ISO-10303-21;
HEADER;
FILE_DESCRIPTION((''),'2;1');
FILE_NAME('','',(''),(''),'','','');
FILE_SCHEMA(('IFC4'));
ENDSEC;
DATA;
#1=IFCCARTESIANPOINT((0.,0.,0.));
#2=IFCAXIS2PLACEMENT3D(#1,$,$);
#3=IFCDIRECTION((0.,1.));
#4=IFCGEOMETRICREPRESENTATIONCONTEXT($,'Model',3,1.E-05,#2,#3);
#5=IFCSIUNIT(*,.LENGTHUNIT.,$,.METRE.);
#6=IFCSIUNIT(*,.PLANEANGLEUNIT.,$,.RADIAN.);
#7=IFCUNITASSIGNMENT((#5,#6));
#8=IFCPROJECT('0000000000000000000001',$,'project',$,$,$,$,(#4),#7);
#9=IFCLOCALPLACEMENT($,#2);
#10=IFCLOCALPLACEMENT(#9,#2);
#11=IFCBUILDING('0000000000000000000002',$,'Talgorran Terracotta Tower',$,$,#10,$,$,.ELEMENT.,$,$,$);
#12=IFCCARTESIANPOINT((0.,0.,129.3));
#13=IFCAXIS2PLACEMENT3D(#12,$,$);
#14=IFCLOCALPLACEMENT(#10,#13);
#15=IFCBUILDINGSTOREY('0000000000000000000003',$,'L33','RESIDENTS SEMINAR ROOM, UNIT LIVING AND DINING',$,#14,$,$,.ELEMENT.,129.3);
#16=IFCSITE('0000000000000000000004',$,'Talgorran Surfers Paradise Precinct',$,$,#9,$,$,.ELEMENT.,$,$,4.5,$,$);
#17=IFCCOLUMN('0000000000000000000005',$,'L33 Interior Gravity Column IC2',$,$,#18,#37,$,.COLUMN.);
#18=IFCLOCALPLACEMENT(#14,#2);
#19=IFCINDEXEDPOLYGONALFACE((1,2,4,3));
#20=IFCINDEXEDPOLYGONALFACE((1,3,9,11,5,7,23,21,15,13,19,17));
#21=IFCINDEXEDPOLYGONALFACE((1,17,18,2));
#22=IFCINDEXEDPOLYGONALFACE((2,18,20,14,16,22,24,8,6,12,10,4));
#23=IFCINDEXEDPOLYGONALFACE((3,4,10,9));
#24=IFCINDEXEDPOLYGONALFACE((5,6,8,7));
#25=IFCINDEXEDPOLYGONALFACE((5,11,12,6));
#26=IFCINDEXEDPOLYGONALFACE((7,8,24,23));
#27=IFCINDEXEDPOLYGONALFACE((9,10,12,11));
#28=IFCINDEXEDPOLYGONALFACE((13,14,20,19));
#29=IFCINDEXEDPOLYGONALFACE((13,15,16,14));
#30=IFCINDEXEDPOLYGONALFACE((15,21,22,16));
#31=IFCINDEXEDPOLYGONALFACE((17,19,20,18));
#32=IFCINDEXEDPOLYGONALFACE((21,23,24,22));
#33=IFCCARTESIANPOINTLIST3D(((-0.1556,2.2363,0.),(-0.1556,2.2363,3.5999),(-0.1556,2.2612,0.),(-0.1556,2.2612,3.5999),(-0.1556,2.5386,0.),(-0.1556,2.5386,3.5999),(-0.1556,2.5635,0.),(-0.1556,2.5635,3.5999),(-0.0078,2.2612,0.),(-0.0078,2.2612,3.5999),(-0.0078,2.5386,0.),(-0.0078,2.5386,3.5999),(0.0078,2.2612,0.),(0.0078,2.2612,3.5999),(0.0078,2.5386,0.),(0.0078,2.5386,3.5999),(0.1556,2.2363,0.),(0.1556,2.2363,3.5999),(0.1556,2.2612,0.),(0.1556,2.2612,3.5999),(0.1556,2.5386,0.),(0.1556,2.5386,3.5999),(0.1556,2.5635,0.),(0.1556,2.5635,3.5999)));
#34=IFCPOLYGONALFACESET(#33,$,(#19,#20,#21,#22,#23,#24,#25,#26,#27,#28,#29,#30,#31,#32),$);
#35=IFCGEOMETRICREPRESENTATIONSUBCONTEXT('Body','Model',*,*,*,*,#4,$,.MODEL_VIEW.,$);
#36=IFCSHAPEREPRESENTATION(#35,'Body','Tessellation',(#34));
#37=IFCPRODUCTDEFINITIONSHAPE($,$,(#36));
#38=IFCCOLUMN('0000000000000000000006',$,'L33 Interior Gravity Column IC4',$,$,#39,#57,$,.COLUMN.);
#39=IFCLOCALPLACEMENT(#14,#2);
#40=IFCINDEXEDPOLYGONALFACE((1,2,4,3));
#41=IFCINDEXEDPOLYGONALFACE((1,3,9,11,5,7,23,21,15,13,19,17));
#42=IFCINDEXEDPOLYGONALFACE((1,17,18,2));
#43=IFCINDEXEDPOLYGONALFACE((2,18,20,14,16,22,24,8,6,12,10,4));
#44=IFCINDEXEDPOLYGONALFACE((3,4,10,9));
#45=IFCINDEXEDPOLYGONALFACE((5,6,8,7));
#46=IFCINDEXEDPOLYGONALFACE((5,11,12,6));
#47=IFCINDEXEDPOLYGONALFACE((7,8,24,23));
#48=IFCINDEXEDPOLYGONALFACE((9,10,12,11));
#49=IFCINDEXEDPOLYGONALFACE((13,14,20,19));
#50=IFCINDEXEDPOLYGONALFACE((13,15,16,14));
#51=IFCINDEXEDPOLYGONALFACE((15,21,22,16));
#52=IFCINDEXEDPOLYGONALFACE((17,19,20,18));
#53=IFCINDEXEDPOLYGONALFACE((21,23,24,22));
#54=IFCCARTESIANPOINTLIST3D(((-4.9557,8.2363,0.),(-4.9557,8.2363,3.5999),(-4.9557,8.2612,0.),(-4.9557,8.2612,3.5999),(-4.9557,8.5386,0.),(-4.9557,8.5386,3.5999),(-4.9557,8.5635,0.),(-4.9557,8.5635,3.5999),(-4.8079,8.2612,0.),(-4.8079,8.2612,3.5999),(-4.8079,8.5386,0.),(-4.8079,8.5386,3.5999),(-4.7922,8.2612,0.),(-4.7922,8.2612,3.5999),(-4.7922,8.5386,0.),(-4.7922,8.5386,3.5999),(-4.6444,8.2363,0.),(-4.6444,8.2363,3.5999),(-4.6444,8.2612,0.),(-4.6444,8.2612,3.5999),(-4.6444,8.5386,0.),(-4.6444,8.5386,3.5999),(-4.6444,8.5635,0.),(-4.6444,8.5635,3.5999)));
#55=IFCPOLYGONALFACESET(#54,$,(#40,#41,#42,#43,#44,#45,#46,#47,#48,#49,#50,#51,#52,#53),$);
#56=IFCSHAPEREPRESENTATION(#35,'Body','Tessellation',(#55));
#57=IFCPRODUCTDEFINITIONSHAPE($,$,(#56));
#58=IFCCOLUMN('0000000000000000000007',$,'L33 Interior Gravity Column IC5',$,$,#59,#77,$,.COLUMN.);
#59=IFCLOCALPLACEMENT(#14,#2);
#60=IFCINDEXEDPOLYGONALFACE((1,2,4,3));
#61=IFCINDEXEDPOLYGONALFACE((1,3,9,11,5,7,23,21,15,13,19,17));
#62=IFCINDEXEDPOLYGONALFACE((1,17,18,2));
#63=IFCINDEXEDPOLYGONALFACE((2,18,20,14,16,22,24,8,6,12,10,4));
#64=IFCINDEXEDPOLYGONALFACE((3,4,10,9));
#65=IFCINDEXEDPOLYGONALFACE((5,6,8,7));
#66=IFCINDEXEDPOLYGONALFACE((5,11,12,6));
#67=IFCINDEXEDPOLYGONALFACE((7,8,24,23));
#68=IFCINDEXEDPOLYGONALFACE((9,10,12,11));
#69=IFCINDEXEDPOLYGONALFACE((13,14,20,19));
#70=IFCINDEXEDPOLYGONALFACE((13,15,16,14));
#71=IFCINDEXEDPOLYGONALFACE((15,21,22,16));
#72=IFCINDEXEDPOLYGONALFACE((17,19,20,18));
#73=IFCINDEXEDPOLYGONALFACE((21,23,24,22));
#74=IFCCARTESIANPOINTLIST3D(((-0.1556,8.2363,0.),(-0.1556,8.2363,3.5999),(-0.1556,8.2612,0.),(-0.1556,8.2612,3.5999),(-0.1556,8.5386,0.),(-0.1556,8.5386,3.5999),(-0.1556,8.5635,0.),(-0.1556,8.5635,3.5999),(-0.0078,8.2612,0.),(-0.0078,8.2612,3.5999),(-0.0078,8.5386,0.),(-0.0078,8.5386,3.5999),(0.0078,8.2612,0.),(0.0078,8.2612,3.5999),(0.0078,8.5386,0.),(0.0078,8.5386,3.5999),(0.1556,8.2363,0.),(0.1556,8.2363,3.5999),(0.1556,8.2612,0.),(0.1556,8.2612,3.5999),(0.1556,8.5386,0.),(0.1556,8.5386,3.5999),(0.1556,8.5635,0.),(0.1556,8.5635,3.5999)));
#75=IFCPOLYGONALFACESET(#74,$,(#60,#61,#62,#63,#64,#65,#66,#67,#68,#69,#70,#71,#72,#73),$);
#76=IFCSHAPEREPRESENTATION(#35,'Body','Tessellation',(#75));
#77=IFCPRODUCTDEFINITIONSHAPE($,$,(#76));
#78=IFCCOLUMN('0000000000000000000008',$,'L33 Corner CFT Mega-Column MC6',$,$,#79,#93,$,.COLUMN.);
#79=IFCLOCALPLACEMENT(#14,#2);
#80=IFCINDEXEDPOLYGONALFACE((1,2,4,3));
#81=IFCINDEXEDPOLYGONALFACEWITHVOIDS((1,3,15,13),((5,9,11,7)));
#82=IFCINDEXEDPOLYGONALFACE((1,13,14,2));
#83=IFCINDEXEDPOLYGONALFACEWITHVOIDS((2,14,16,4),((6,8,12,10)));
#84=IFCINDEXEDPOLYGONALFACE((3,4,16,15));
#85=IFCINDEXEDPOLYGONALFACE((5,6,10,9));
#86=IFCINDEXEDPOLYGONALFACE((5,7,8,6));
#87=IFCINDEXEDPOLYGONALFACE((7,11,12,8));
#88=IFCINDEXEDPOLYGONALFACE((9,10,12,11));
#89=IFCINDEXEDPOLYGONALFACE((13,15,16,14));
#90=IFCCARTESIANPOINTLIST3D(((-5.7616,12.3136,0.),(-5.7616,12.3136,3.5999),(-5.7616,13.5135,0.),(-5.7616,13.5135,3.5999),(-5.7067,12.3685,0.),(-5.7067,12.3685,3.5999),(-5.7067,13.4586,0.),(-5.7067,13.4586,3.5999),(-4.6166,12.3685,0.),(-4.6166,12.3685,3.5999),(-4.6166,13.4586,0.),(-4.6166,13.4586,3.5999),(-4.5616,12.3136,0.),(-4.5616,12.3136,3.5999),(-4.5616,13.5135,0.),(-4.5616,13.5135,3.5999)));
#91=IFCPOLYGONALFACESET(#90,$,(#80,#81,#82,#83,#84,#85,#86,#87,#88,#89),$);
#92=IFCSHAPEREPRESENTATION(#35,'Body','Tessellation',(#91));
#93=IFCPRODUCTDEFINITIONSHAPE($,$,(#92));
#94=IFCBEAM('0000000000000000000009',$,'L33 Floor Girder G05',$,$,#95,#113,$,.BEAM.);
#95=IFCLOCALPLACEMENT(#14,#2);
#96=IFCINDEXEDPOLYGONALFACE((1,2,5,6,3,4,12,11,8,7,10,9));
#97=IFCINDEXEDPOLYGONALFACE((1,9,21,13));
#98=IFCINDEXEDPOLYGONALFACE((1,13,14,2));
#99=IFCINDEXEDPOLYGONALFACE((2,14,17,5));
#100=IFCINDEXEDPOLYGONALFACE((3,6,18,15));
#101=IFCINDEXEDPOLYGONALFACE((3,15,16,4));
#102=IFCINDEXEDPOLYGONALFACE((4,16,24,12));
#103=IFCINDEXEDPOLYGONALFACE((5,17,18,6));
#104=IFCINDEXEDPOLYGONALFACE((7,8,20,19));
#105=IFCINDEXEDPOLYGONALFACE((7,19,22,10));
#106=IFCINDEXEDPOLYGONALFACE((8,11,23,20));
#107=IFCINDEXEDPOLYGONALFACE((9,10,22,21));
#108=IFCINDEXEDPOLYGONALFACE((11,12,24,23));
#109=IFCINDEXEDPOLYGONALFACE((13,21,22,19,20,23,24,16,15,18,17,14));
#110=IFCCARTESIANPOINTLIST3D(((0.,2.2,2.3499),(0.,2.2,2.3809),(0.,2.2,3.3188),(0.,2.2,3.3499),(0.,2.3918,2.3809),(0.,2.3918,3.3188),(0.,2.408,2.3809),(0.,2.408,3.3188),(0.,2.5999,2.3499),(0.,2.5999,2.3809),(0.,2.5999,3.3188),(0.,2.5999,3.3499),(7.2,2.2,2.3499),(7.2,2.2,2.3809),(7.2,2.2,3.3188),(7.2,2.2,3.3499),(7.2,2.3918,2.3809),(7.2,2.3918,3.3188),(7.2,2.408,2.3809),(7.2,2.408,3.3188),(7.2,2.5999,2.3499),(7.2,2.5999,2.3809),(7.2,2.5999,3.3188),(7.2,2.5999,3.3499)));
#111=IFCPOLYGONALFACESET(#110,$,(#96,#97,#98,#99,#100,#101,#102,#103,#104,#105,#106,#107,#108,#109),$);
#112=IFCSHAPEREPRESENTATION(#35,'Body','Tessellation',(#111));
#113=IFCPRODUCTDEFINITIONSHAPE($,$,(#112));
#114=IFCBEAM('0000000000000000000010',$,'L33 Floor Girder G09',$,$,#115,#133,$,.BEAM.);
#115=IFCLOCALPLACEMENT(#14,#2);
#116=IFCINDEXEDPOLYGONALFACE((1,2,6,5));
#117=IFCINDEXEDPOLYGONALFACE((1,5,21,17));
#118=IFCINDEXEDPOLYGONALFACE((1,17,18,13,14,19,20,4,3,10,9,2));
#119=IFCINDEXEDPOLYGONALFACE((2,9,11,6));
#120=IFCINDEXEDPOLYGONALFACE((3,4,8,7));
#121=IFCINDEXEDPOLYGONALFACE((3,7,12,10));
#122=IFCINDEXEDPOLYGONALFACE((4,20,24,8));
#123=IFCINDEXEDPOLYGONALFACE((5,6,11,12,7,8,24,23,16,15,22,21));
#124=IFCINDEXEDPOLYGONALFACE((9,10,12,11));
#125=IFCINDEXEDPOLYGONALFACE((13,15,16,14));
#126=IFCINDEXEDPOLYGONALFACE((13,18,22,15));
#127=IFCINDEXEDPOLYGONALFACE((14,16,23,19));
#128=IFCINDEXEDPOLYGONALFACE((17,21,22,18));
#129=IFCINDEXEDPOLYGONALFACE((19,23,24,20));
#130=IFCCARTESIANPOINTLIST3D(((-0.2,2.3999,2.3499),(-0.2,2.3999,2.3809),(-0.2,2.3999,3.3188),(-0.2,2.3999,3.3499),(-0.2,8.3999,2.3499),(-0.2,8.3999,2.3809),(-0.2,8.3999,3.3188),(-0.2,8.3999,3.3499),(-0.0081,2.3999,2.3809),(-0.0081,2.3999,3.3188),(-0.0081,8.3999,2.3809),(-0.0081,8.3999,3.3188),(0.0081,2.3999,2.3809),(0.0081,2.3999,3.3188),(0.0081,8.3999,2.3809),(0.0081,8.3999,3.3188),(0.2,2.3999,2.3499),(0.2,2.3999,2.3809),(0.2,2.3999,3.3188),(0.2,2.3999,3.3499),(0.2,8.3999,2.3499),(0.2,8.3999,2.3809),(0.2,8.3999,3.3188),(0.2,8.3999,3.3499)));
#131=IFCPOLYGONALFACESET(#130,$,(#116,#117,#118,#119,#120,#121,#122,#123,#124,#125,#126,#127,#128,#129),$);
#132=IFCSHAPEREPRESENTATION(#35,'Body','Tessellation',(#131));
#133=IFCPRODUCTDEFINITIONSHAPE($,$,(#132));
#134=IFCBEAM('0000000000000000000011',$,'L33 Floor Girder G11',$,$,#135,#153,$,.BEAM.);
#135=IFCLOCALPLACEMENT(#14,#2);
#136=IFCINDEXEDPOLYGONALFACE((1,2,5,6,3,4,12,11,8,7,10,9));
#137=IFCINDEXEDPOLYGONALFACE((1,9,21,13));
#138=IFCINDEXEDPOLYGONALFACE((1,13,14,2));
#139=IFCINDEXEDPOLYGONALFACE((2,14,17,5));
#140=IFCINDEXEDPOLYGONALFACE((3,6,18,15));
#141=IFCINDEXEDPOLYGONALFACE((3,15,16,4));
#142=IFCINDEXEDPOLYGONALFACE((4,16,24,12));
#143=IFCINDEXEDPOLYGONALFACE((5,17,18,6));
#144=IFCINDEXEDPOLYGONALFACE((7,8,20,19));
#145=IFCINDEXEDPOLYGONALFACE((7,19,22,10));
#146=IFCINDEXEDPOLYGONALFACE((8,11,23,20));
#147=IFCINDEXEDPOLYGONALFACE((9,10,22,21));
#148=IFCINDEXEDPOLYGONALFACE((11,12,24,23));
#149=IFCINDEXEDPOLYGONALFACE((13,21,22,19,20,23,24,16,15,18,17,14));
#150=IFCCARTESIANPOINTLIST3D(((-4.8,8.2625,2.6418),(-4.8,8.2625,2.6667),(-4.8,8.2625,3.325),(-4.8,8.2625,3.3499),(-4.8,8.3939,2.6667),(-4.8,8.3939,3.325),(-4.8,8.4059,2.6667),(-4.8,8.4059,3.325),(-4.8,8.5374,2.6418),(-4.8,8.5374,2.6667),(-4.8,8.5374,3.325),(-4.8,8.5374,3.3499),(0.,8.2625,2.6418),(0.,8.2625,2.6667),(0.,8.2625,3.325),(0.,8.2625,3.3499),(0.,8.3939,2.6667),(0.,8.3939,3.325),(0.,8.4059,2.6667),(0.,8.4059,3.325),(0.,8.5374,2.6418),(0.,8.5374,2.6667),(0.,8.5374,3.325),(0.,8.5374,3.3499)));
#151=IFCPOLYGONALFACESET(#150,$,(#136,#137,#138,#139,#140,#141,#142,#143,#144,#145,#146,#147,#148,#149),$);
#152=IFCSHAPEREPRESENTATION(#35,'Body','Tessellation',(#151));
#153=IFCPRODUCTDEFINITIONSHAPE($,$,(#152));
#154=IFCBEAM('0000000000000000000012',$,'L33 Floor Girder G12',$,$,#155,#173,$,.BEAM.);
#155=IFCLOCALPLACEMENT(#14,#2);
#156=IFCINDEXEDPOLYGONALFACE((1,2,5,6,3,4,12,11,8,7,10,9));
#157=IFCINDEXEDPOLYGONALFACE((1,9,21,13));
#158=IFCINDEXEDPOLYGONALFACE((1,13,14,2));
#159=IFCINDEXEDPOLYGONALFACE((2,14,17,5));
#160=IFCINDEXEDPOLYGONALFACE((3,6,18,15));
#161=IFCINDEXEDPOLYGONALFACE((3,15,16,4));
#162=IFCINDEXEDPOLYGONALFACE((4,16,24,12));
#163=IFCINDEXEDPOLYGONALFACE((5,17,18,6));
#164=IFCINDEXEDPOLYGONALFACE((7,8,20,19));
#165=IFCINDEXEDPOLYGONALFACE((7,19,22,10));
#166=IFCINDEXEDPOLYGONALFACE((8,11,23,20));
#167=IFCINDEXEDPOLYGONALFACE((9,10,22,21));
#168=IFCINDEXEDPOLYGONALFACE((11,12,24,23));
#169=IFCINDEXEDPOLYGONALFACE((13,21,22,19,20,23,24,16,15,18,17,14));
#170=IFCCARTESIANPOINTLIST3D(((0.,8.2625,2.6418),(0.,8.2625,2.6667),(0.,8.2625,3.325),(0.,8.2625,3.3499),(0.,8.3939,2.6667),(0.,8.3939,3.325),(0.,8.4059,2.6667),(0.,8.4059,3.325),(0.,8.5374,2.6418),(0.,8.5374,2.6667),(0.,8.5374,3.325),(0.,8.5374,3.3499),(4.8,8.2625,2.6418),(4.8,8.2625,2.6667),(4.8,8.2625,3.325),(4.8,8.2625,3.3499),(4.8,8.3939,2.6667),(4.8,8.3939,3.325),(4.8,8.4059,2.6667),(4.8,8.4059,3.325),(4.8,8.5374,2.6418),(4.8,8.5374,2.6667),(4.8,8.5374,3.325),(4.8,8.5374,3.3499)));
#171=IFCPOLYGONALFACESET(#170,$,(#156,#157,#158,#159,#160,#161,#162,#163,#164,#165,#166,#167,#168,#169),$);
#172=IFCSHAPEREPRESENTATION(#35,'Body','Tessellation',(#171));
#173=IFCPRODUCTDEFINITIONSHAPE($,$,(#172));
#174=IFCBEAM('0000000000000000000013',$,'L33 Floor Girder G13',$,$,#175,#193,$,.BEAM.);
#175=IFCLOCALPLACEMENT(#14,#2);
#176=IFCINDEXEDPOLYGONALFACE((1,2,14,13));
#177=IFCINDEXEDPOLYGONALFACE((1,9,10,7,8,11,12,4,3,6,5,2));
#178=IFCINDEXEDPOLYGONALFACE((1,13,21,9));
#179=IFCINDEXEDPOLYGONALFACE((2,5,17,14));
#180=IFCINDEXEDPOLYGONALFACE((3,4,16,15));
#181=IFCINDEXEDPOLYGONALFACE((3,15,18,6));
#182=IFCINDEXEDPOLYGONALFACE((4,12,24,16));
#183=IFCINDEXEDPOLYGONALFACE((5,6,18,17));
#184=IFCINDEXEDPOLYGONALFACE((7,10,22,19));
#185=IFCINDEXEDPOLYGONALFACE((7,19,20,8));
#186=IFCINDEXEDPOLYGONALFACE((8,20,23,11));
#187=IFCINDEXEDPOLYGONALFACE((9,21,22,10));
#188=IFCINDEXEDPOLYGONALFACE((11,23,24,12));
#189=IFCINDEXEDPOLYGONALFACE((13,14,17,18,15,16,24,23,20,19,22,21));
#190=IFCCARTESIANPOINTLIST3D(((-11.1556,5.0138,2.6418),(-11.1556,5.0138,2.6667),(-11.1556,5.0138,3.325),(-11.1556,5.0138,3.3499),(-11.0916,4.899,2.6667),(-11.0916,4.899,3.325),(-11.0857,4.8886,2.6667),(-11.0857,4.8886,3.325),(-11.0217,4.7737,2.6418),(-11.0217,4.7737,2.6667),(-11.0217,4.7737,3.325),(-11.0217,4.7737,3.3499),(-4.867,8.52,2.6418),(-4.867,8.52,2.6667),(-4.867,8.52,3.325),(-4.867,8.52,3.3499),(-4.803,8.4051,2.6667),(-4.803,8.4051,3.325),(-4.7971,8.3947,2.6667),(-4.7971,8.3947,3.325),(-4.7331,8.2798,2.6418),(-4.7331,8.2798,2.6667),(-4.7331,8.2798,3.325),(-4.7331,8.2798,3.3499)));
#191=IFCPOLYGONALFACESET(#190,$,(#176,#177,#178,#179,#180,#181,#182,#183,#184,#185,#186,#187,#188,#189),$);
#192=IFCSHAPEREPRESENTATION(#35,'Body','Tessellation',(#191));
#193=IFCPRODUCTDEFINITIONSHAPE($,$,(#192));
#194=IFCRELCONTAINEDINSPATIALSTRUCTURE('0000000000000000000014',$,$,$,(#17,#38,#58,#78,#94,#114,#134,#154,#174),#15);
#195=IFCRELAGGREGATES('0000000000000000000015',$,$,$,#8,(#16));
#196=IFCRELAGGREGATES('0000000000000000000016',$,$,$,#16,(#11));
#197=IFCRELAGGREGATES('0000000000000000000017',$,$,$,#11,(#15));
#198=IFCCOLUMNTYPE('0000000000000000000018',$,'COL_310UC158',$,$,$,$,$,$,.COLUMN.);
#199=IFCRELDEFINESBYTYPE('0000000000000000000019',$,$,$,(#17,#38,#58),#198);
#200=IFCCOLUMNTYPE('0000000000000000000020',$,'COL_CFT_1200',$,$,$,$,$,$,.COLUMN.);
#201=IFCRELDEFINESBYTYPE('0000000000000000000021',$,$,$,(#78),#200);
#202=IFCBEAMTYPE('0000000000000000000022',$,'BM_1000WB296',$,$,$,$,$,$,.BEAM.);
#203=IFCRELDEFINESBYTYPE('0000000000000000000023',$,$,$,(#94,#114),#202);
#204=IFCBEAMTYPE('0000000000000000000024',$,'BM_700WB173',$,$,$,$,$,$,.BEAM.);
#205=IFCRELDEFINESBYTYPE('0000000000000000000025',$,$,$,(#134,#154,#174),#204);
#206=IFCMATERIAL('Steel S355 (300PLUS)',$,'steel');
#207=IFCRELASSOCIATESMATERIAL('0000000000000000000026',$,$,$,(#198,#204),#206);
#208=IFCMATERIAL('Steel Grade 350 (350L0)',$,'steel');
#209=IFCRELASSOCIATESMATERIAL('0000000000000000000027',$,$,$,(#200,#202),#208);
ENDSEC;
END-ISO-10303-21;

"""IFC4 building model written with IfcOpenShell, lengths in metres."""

from ifc_helpers import new_model, si_unit, direction, frame, origin, origin_2d, place, context, subcontext, project, spatial, hollow_rectangle, i_section, extrude, material, material_profile, profile_set, type_object, element, save


model = new_model("IFC4")

# Units and contexts
model_context = context("Model", 3, precision=1e-05, world=origin(), true_north=direction((0.0, 1.0)))
body_context = subcontext(model_context, "Body", "Model", "MODEL_VIEW")
ifc_project = project(units=[si_unit("LENGTHUNIT", "METRE"), si_unit("PLANEANGLEUNIT", "RADIAN")], contexts=[model_context])

# Site, building, storey
site_placement = place(None, origin())
site = spatial("IfcSite", under=ifc_project, at=site_placement, Name="Talgorran Surfers Paradise Precinct", CompositionType="ELEMENT", RefElevation=4.5)
building_placement = place(site_placement, origin())
building = spatial("IfcBuilding", under=site, at=building_placement, Name="Talgorran Terracotta Tower", CompositionType="ELEMENT")
storey_placement = place(building_placement, frame((0.0, 0.0, 129.3)))
storey = spatial("IfcBuildingStorey", under=building, at=storey_placement, Name="L33", Description="RESIDENTS SEMINAR ROOM, UNIT LIVING AND DINING", CompositionType="ELEMENT", Elevation=129.3)

# Columns
ifc_material_1 = material(Name="Steel S355 (300PLUS)", Category="steel")
ifc_material_profile_1 = material_profile(ifc_material_1, i_section(OverallWidth=0.3113, OverallDepth=0.3271, WebThickness=0.0156, FlangeThickness=0.0249, at=origin_2d()), Name="310UC158")
ifc_profile_set_1 = profile_set([ifc_material_profile_1], Name="Steel S355 (300PLUS)")
column_type_1 = type_object("IfcColumnType", Name="COL_310UC158", PredefinedType="COLUMN", material=ifc_profile_set_1)
for number, where, z_axis, x_axis, name in (
    (1, (0.0, 2.3999, 0.0), (0.0, 0.0, 1.0), (1.0, 0.0, 0.0), "L33 Interior Gravity Column IC2"),
    (2, (-4.8, 8.3999, 0.0), (0.0, 0.0, 1.0), (1.0, 0.0, 0.0), "L33 Interior Gravity Column IC4"),
    (3, (0.0, 8.3999, 0.0), (0.0, 0.0, 1.0), (1.0, 0.0, 0.0), "L33 Interior Gravity Column IC5"),
):
    element("IfcColumn", number, at=place(storey_placement, frame(where, z_axis=z_axis, x_axis=x_axis)), inside=storey, type_object=column_type_1, Name=name, PredefinedType="COLUMN", context=body_context, shape_type="SweptSolid", body=[
        extrude(i_section(OverallWidth=0.3113, OverallDepth=0.3271, WebThickness=0.0156, FlangeThickness=0.0249, at=origin_2d()), origin(), (0.0, 0.0, 1.0), 3.5999),
    ])
ifc_material_2 = material(Name="Steel Grade 350 (350L0)", Category="steel")
ifc_material_profile_2 = material_profile(ifc_material_2, hollow_rectangle(XDim=1.2, YDim=1.2, WallThickness=0.0549, at=origin_2d()), Name="CFT1200X1200X55")
ifc_profile_set_2 = profile_set([ifc_material_profile_2], Name="Steel Grade 350 (350L0)")
column_type_2 = type_object("IfcColumnType", Name="COL_CFT_1200", PredefinedType="COLUMN", material=ifc_profile_set_2)
column_placement = place(storey_placement, frame((-5.1616, 12.9136, 0.0), z_axis=(0.0, 0.0, 1.0), x_axis=(1.0, 0.0, 0.0)))
element("IfcColumn", 4, at=column_placement, inside=storey, type_object=column_type_2, Name="L33 Corner CFT Mega-Column MC6", PredefinedType="COLUMN", context=body_context, shape_type="SweptSolid", body=[
    extrude(hollow_rectangle(XDim=1.2, YDim=1.2, WallThickness=0.0549, at=origin_2d()), origin(), (0.0, 0.0, 1.0), 3.5999),
])

# Beams
ifc_material_profile_3 = material_profile(ifc_material_2, i_section(OverallWidth=0.3999, OverallDepth=1.0, WebThickness=0.0161, FlangeThickness=0.031, at=origin_2d()), Name="1000WB296")
ifc_profile_set_3 = profile_set([ifc_material_profile_3], Name="Steel Grade 350 (350L0)")
beam_type_1 = type_object("IfcBeamType", Name="BM_1000WB296", PredefinedType="BEAM", material=ifc_profile_set_3)
beam_1_placement = place(storey_placement, frame((0.0, 2.3999, 2.8499), z_axis=(1.0, 0.0, 0.0), x_axis=(0.0, 1.0, 0.0)))
element("IfcBeam", 5, at=beam_1_placement, inside=storey, type_object=beam_type_1, Name="L33 Floor Girder G05", PredefinedType="BEAM", context=body_context, shape_type="SweptSolid", body=[
    extrude(i_section(OverallWidth=0.3999, OverallDepth=1.0, WebThickness=0.0161, FlangeThickness=0.031, at=origin_2d()), origin(), (0.0, 0.0, 1.0), 7.2),
])
beam_2_placement = place(storey_placement, frame((0.0, 2.3999, 2.8499), z_axis=(0.0, 1.0, 0.0), x_axis=(-1.0, 0.0, 0.0)))
element("IfcBeam", 6, at=beam_2_placement, inside=storey, type_object=beam_type_1, Name="L33 Floor Girder G09", PredefinedType="BEAM", context=body_context, shape_type="SweptSolid", body=[
    extrude(i_section(OverallWidth=0.3999, OverallDepth=1.0, WebThickness=0.0161, FlangeThickness=0.031, at=origin_2d()), origin(), (0.0, 0.0, 1.0), 6.0),
])
ifc_material_profile_4 = material_profile(ifc_material_1, i_section(OverallWidth=0.2749, OverallDepth=0.708, WebThickness=0.012, FlangeThickness=0.0249, at=origin_2d()), Name="700WB173")
ifc_profile_set_4 = profile_set([ifc_material_profile_4], Name="Steel S355 (300PLUS)")
beam_type_2 = type_object("IfcBeamType", Name="BM_700WB173", PredefinedType="BEAM", material=ifc_profile_set_4)
for number, where, z_axis, x_axis, name in (
    (7, (-4.8, 8.3999, 2.9958), (1.0, 0.0, 0.0), (0.0, 1.0, 0.0), "L33 Floor Girder G11"),
    (8, (0.0, 8.3999, 2.9958), (1.0, 0.0, 0.0), (0.0, 1.0, 0.0), "L33 Floor Girder G12"),
):
    element("IfcBeam", number, at=place(storey_placement, frame(where, z_axis=z_axis, x_axis=x_axis)), inside=storey, type_object=beam_type_2, Name=name, PredefinedType="BEAM", context=body_context, shape_type="SweptSolid", body=[
        extrude(i_section(OverallWidth=0.2749, OverallDepth=0.708, WebThickness=0.012, FlangeThickness=0.0249, at=origin_2d()), origin(), (0.0, 0.0, 1.0), 4.8),
    ])
beam_3_placement = place(storey_placement, frame((-4.8, 8.3999, 2.9958), z_axis=(-0.873422, -0.486964, 0.0), x_axis=(0.486964, -0.873422, 0.0)))
element("IfcBeam", 9, at=beam_3_placement, inside=storey, type_object=beam_type_2, Name="L33 Floor Girder G13", PredefinedType="BEAM", context=body_context, shape_type="SweptSolid", body=[
    extrude(i_section(OverallWidth=0.2749, OverallDepth=0.708, WebThickness=0.012, FlangeThickness=0.0249, at=origin_2d()), origin(), (0.0, 0.0, 1.0), 7.2),
])

save(model, "model.ifc")
